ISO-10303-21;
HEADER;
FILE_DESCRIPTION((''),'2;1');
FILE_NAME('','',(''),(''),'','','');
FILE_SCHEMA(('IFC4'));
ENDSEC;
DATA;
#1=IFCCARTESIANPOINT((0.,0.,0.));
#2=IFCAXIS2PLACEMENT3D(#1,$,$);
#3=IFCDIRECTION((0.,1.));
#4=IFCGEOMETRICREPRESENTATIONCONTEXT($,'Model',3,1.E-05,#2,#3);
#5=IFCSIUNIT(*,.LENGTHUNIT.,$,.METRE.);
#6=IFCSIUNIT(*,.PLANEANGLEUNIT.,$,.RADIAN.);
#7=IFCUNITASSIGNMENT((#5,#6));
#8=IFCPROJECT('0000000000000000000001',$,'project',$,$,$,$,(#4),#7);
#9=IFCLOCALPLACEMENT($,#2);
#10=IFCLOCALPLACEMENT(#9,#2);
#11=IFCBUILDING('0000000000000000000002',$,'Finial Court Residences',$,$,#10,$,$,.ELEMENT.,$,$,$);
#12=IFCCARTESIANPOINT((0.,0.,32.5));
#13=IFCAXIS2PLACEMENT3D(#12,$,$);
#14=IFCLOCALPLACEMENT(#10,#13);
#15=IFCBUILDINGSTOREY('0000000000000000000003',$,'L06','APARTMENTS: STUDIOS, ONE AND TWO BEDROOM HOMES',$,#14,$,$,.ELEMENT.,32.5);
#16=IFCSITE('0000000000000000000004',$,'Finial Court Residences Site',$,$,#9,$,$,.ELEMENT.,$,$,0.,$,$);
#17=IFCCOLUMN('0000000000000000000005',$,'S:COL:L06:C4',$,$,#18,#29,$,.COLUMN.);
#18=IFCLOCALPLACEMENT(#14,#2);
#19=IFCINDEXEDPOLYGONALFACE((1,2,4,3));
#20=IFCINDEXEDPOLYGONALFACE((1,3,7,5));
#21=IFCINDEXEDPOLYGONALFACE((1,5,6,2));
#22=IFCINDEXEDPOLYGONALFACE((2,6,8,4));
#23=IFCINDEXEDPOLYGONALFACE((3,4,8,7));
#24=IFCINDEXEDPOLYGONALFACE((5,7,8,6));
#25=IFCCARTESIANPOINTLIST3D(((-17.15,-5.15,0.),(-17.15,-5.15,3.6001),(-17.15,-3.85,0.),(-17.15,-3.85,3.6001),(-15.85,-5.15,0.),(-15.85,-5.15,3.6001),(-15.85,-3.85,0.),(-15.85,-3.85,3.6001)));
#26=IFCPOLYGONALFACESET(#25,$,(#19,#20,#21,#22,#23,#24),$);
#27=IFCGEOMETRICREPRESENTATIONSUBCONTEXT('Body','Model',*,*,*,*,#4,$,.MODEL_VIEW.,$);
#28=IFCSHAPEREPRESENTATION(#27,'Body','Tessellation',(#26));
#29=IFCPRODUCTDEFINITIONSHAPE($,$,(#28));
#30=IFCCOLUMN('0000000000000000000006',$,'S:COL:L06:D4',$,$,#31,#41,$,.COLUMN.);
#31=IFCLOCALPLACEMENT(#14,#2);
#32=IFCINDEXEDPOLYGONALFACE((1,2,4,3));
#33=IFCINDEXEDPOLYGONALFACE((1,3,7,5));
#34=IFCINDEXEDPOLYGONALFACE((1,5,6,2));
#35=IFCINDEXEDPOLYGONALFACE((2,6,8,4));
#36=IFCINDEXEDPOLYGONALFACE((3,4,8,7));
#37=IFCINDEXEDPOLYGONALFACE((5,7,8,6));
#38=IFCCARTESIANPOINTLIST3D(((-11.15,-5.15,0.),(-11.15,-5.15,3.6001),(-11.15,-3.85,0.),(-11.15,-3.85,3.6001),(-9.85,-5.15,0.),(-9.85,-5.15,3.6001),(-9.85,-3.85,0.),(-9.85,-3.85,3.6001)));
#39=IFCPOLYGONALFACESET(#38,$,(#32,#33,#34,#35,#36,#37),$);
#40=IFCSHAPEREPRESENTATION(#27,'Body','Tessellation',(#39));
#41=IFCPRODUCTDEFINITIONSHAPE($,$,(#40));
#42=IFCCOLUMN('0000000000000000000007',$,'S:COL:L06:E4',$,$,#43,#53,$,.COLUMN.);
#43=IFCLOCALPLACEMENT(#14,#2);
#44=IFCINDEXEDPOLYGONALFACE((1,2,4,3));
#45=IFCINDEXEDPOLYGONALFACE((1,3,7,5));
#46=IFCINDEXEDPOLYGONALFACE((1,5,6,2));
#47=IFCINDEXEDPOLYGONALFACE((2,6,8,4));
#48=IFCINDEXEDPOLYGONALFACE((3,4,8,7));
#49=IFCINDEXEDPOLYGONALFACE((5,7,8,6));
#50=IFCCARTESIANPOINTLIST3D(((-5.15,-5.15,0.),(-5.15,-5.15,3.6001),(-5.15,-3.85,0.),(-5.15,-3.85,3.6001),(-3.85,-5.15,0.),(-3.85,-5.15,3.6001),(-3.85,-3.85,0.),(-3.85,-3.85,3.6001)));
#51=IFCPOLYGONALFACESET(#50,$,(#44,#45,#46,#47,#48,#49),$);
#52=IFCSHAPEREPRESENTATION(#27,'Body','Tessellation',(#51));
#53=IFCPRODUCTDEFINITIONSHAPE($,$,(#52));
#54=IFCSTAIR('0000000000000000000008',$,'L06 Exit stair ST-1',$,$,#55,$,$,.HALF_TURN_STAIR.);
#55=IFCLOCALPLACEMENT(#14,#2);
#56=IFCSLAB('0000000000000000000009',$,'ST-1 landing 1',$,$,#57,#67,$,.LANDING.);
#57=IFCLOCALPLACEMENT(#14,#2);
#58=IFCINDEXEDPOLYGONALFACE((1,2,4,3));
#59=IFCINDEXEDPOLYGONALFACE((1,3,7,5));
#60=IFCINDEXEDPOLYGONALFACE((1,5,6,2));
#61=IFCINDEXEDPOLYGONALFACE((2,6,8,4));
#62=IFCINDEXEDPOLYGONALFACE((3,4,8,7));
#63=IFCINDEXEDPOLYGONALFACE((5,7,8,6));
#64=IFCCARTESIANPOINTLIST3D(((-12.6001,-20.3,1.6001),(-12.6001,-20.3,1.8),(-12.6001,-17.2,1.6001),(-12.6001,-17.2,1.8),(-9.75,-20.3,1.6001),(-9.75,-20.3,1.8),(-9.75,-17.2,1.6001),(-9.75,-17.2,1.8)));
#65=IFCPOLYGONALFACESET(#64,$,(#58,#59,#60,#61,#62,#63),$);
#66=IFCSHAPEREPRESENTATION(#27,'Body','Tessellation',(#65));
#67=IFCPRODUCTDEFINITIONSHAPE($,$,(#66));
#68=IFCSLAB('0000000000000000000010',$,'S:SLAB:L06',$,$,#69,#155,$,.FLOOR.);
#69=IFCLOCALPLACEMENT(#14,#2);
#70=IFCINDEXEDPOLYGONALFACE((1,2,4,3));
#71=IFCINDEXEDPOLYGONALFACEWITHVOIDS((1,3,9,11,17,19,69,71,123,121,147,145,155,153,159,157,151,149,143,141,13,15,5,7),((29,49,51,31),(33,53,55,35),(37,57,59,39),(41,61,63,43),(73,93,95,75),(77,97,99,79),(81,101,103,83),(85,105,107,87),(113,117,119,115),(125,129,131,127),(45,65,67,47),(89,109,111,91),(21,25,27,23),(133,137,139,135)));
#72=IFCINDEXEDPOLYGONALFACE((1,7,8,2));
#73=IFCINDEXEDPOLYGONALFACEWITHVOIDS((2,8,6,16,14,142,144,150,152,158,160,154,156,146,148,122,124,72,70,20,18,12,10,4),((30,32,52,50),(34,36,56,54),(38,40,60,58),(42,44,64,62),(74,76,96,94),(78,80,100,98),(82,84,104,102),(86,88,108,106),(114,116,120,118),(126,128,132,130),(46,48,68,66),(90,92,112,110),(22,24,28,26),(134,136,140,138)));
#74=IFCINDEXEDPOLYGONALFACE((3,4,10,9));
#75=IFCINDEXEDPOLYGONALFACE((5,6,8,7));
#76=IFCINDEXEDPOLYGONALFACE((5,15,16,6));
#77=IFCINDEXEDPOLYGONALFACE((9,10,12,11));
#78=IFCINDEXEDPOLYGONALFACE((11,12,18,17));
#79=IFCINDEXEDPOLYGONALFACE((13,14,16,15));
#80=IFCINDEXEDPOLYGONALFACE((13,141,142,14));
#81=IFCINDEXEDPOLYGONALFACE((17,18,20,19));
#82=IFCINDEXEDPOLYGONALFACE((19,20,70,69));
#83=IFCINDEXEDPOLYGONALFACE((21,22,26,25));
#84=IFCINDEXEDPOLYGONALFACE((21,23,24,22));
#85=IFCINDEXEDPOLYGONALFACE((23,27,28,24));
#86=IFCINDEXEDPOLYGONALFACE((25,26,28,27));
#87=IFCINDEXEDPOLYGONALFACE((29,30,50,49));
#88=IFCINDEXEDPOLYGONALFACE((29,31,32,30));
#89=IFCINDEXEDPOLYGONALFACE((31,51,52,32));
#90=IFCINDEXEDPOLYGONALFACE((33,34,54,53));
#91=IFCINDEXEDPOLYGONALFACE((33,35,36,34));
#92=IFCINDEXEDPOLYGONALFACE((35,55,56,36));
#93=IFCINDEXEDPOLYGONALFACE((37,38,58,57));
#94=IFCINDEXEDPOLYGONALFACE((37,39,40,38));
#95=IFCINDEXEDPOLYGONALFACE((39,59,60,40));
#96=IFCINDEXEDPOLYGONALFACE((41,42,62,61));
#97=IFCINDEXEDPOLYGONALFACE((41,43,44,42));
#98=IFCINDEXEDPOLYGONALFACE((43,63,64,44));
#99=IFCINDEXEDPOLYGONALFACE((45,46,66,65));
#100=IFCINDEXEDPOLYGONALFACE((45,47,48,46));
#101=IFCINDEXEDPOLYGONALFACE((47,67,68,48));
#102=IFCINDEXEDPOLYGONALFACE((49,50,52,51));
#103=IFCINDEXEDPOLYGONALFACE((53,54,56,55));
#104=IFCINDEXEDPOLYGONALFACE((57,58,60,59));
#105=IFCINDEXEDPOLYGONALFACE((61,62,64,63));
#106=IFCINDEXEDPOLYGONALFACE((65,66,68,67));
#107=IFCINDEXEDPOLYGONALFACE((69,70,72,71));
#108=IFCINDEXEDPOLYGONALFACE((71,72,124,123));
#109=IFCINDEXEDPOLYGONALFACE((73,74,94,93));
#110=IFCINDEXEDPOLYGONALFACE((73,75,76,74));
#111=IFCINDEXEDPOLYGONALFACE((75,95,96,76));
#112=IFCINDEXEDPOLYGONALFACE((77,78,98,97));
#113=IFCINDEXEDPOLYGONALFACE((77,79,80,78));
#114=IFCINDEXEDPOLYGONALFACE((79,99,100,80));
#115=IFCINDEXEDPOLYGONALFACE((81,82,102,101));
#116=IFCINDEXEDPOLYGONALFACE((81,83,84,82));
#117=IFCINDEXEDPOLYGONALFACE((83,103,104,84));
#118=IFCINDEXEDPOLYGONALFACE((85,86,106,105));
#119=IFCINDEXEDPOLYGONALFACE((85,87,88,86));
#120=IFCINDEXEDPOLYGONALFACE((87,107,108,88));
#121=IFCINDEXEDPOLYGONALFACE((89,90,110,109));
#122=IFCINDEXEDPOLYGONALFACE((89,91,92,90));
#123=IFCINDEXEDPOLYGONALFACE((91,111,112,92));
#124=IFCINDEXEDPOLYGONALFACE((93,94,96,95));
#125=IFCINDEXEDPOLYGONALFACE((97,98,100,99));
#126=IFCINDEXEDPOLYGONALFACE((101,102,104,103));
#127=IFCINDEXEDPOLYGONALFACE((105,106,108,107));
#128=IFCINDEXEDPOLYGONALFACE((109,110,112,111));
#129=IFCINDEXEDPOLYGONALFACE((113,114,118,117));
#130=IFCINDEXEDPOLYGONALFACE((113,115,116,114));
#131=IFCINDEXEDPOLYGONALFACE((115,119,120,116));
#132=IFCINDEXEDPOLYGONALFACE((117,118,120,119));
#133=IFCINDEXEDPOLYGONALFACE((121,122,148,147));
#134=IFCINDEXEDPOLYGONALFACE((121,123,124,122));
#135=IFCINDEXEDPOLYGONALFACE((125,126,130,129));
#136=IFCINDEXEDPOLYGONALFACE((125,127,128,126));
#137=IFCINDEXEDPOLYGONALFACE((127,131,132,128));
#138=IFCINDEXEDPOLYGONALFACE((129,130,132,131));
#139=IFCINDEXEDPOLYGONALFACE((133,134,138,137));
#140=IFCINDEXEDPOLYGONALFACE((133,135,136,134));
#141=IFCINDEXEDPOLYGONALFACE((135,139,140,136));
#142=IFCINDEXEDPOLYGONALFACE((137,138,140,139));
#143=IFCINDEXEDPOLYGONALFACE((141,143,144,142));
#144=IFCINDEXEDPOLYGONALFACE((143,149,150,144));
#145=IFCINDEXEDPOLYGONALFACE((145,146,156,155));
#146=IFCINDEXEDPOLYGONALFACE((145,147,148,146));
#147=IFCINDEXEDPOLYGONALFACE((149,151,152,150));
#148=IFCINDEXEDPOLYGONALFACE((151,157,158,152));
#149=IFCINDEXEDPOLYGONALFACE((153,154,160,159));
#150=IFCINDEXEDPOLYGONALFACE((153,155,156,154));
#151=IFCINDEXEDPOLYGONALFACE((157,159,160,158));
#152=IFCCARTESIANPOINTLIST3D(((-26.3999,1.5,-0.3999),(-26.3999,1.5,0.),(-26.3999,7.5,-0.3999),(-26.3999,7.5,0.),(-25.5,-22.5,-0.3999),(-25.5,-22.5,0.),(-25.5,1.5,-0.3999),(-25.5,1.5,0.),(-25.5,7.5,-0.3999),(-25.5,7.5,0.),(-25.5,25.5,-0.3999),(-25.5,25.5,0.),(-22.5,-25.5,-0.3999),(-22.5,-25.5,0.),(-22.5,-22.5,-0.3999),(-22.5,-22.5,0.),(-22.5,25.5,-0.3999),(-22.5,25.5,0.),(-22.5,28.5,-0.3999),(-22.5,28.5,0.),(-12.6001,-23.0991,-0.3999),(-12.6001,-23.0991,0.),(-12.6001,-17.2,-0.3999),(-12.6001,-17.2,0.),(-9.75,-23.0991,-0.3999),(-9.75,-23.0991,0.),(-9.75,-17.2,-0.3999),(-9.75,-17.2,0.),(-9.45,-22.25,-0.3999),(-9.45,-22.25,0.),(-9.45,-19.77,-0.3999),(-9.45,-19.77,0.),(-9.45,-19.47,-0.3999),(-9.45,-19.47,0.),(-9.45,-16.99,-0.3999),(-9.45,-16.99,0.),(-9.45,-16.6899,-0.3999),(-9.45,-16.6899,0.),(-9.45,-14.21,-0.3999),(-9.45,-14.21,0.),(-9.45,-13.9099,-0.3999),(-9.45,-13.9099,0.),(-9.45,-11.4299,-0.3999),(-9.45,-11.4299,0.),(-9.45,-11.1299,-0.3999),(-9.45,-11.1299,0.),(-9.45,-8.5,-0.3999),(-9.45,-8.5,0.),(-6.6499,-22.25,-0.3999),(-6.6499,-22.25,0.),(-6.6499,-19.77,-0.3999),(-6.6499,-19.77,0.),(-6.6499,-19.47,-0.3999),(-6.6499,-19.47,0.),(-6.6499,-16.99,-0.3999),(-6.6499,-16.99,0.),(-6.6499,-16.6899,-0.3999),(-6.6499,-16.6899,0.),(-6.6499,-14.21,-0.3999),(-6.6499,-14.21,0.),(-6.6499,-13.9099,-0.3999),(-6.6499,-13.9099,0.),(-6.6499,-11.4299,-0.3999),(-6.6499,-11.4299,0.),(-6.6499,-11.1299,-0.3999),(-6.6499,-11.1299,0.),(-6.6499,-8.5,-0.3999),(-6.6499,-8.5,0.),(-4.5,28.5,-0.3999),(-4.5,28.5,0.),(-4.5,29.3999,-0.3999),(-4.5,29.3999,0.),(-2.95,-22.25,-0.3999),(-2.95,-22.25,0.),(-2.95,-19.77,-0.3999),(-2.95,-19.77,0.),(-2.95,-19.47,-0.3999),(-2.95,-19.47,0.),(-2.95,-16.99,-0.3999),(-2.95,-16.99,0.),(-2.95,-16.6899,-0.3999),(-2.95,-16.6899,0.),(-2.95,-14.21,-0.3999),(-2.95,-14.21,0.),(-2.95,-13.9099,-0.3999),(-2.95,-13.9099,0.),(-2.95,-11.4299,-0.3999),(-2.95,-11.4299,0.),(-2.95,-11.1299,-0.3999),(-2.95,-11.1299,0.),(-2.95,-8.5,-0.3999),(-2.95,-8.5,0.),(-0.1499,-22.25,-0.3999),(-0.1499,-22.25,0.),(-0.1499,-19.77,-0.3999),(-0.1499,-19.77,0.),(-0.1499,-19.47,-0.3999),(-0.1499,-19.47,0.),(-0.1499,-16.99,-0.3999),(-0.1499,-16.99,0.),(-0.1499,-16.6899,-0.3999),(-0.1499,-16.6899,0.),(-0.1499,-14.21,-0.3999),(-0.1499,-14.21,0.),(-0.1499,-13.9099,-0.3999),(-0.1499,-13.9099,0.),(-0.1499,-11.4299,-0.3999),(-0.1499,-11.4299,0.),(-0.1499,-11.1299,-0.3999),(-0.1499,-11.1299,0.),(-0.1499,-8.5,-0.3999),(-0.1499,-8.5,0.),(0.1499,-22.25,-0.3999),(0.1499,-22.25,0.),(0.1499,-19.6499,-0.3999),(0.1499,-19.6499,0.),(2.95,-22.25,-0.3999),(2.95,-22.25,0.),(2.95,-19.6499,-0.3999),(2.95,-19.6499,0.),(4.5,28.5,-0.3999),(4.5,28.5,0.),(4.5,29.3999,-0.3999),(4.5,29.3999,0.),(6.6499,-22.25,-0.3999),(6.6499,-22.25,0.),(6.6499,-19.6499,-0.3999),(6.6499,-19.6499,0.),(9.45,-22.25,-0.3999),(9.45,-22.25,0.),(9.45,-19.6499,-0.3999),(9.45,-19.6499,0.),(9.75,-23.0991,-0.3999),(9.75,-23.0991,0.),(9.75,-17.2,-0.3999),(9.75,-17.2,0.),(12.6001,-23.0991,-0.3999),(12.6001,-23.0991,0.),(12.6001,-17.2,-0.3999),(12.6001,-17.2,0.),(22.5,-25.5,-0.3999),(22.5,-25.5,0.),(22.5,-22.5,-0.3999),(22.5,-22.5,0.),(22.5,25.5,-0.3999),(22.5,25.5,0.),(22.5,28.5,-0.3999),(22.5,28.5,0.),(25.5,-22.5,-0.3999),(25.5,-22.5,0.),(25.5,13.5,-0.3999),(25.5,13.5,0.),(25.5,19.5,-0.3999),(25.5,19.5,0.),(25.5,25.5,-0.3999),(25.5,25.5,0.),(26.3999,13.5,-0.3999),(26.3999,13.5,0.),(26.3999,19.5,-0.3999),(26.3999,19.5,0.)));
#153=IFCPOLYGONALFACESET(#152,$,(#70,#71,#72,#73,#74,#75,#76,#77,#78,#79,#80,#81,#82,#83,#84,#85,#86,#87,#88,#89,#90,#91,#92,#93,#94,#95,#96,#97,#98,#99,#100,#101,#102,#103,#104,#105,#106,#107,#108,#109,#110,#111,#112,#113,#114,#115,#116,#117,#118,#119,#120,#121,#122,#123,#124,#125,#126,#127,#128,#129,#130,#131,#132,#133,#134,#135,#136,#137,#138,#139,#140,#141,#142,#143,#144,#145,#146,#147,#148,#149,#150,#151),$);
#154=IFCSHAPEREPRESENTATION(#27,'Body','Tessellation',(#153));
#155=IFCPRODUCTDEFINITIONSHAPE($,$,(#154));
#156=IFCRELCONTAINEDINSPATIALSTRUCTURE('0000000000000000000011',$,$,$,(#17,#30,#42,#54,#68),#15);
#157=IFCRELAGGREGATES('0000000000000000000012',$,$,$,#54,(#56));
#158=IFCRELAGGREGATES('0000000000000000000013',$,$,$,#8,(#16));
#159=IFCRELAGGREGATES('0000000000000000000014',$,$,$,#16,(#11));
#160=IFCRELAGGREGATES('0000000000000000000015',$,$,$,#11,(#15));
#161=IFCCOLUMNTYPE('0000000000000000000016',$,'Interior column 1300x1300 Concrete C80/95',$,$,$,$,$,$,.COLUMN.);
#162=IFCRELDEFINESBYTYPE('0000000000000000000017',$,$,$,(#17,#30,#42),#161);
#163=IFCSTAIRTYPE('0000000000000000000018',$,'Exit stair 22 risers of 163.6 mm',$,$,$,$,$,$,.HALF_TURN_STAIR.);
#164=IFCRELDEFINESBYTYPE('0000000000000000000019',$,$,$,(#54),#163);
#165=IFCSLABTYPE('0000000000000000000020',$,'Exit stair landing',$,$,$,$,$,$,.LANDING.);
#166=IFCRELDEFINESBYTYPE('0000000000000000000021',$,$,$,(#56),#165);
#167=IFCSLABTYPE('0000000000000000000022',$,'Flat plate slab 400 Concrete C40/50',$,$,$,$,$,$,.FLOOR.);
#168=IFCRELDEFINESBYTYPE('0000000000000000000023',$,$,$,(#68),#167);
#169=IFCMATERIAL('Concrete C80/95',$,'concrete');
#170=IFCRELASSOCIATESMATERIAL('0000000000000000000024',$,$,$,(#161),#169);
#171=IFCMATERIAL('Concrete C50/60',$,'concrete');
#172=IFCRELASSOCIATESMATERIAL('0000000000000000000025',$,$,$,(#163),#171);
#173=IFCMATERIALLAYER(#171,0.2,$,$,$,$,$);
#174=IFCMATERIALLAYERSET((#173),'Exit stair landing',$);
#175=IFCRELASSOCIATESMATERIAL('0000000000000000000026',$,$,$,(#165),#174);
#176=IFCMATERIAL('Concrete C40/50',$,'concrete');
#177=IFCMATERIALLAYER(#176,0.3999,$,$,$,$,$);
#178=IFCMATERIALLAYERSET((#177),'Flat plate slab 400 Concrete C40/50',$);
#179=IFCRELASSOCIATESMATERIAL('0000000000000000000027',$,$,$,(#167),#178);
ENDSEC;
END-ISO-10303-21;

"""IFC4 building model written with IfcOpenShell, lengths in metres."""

from ifc_helpers import new_model, si_unit, direction, frame, origin, origin_2d, place, context, subcontext, project, spatial, polyline, rectangle, outline, extrude, material, layer, layer_set, material_profile, profile_set, type_object, element, aggregate, save


model = new_model("IFC4")

# Units and contexts
model_context = context("Model", 3, precision=1e-05, world=origin(), true_north=direction((0.0, 1.0)))
body_context = subcontext(model_context, "Body", "Model", "MODEL_VIEW")
ifc_project = project(units=[si_unit("LENGTHUNIT", "METRE"), si_unit("PLANEANGLEUNIT", "RADIAN")], contexts=[model_context])

# Site, building, storey
site_placement = place(None, origin())
site = spatial("IfcSite", under=ifc_project, at=site_placement, Name="Finial Court Residences Site", CompositionType="ELEMENT", RefElevation=0.0)
building_placement = place(site_placement, origin())
building = spatial("IfcBuilding", under=site, at=building_placement, Name="Finial Court Residences", CompositionType="ELEMENT")
storey_placement = place(building_placement, frame((0.0, 0.0, 32.5)))
storey = spatial("IfcBuildingStorey", under=building, at=storey_placement, Name="L06", Description="APARTMENTS: STUDIOS, ONE AND TWO BEDROOM HOMES", CompositionType="ELEMENT", Elevation=32.5)

# Columns
ifc_material_1 = material(Name="Concrete C80/95", Category="concrete")
ifc_material_profile = material_profile(ifc_material_1, rectangle(XDim=1.3, YDim=1.3, at=origin_2d()), Name="1300x1300")
ifc_profile_set = profile_set([ifc_material_profile], Name="Concrete C80/95")
column_type = type_object("IfcColumnType", Name="Interior column 1300x1300 Concrete C80/95", PredefinedType="COLUMN", material=ifc_profile_set)
for number, where, z_axis, x_axis, name in (
    (1, (-16.5, -4.5, 0.0), (0.0, 0.0, 1.0), (1.0, 0.0, 0.0), "S:COL:L06:C4"),
    (2, (-10.5, -4.5, 0.0), (0.0, 0.0, 1.0), (1.0, 0.0, 0.0), "S:COL:L06:D4"),
    (3, (-4.5, -4.5, 0.0), (0.0, 0.0, 1.0), (1.0, 0.0, 0.0), "S:COL:L06:E4"),
):
    element("IfcColumn", number, at=place(storey_placement, frame(where, z_axis=z_axis, x_axis=x_axis)), inside=storey, type_object=column_type, Name=name, PredefinedType="COLUMN", context=body_context, shape_type="SweptSolid", body=[
        extrude(rectangle(XDim=1.3, YDim=1.3, at=origin_2d()), origin(), (0.0, 0.0, 1.0), 3.6001),
    ])

# Stair, slab
ifc_material_2 = material(Name="Concrete C50/60", Category="concrete")
stair_type = type_object("IfcStairType", Name="Exit stair 22 risers of 163.6 mm", PredefinedType="HALF_TURN_STAIR", material=ifc_material_2)
stair_placement = place(storey_placement, origin())
stair = element("IfcStair", 4, at=stair_placement, inside=storey, type_object=stair_type, Name="L06 Exit stair ST-1", PredefinedType="HALF_TURN_STAIR")
ifc_layer_1 = layer(ifc_material_2, 0.2)
ifc_layer_set_1 = layer_set([ifc_layer_1], Name="Exit stair landing")
slab_type_1 = type_object("IfcSlabType", Name="Exit stair landing", PredefinedType="LANDING", material=ifc_layer_set_1)
slab_1_placement = place(storey_placement, frame((0.0, 0.0, 1.6001)))
slab_1 = element("IfcSlab", 5, at=slab_1_placement, type_object=slab_type_1, Name="ST-1 landing 1", PredefinedType="LANDING", context=body_context, shape_type="SweptSolid", body=[
    extrude(outline(polyline([(-9.75, -20.3), (-9.75, -17.2), (-12.6001, -17.2), (-12.6001, -20.3), (-9.75, -20.3)])), origin(), (0.0, 0.0, 1.0), 0.2),
])
aggregate(stair, [slab_1])

# Slab
ifc_material_3 = material(Name="Concrete C40/50", Category="concrete")
ifc_layer_2 = layer(ifc_material_3, 0.3999)
ifc_layer_set_2 = layer_set([ifc_layer_2], Name="Flat plate slab 400 Concrete C40/50")
slab_type_2 = type_object("IfcSlabType", Name="Flat plate slab 400 Concrete C40/50", PredefinedType="FLOOR", material=ifc_layer_set_2)
slab_2_placement = place(storey_placement, frame((0.0, 0.0, -0.3999)))
element("IfcSlab", 6, at=slab_2_placement, inside=storey, type_object=slab_type_2, Name="S:SLAB:L06", PredefinedType="FLOOR", context=body_context, shape_type="SweptSolid", body=[
    extrude(outline(polyline([(-22.5, -22.5), (-25.5, -22.5), (-25.5, 1.5), (-26.3999, 1.5), (-26.3999, 7.5), (-25.5, 7.5), (-25.5, 25.5), (-22.5, 25.5), (-22.5, 28.5), (-4.5, 28.5), (-4.5, 29.3999), (4.5, 29.3999), (4.5, 28.5), (22.5, 28.5), (22.5, 25.5), (25.5, 25.5), (25.5, 19.5), (26.3999, 19.5), (26.3999, 13.5), (25.5, 13.5), (25.5, -22.5), (22.5, -22.5), (22.5, -25.5), (-22.5, -25.5), (-22.5, -22.5)]), holes=[polyline([(-6.6499, -22.25), (-6.6499, -19.77), (-9.45, -19.77), (-9.45, -22.25), (-6.6499, -22.25)]), polyline([(-9.75, -17.2), (-12.6001, -17.2), (-12.6001, -23.0991), (-9.75, -23.0991), (-9.75, -17.2)]), polyline([(-6.6499, -19.47), (-6.6499, -16.99), (-9.45, -16.99), (-9.45, -19.47), (-6.6499, -19.47)]), polyline([(-6.6499, -16.6899), (-6.6499, -14.21), (-9.45, -14.21), (-9.45, -16.6899), (-6.6499, -16.6899)]), polyline([(-0.1499, -16.6899), (-0.1499, -14.21), (-2.95, -14.21), (-2.95, -16.6899), (-0.1499, -16.6899)]), polyline([(-6.6499, -13.9099), (-6.6499, -11.4299), (-9.45, -11.4299), (-9.45, -13.9099), (-6.6499, -13.9099)]), polyline([(-9.45, -11.1299), (-6.6499, -11.1299), (-6.6499, -8.5), (-9.45, -8.5), (-9.45, -11.1299)]), polyline([(-0.1499, -22.25), (-0.1499, -19.77), (-2.95, -19.77), (-2.95, -22.25), (-0.1499, -22.25)]), polyline([(2.95, -22.25), (2.95, -19.6499), (0.1499, -19.6499), (0.1499, -22.25), (2.95, -22.25)]), polyline([(9.45, -22.25), (9.45, -19.6499), (6.6499, -19.6499), (6.6499, -22.25), (9.45, -22.25)]), polyline([(12.6001, -17.2), (9.75, -17.2), (9.75, -23.0991), (12.6001, -23.0991), (12.6001, -17.2)]), polyline([(-0.1499, -19.47), (-0.1499, -16.99), (-2.95, -16.99), (-2.95, -19.47), (-0.1499, -19.47)]), polyline([(-0.1499, -13.9099), (-0.1499, -11.4299), (-2.95, -11.4299), (-2.95, -13.9099), (-0.1499, -13.9099)]), polyline([(-2.95, -11.1299), (-0.1499, -11.1299), (-0.1499, -8.5), (-2.95, -8.5), (-2.95, -11.1299)])]), origin(), (0.0, 0.0, 1.0), 0.3999),
])

save(model, "model.ifc")
